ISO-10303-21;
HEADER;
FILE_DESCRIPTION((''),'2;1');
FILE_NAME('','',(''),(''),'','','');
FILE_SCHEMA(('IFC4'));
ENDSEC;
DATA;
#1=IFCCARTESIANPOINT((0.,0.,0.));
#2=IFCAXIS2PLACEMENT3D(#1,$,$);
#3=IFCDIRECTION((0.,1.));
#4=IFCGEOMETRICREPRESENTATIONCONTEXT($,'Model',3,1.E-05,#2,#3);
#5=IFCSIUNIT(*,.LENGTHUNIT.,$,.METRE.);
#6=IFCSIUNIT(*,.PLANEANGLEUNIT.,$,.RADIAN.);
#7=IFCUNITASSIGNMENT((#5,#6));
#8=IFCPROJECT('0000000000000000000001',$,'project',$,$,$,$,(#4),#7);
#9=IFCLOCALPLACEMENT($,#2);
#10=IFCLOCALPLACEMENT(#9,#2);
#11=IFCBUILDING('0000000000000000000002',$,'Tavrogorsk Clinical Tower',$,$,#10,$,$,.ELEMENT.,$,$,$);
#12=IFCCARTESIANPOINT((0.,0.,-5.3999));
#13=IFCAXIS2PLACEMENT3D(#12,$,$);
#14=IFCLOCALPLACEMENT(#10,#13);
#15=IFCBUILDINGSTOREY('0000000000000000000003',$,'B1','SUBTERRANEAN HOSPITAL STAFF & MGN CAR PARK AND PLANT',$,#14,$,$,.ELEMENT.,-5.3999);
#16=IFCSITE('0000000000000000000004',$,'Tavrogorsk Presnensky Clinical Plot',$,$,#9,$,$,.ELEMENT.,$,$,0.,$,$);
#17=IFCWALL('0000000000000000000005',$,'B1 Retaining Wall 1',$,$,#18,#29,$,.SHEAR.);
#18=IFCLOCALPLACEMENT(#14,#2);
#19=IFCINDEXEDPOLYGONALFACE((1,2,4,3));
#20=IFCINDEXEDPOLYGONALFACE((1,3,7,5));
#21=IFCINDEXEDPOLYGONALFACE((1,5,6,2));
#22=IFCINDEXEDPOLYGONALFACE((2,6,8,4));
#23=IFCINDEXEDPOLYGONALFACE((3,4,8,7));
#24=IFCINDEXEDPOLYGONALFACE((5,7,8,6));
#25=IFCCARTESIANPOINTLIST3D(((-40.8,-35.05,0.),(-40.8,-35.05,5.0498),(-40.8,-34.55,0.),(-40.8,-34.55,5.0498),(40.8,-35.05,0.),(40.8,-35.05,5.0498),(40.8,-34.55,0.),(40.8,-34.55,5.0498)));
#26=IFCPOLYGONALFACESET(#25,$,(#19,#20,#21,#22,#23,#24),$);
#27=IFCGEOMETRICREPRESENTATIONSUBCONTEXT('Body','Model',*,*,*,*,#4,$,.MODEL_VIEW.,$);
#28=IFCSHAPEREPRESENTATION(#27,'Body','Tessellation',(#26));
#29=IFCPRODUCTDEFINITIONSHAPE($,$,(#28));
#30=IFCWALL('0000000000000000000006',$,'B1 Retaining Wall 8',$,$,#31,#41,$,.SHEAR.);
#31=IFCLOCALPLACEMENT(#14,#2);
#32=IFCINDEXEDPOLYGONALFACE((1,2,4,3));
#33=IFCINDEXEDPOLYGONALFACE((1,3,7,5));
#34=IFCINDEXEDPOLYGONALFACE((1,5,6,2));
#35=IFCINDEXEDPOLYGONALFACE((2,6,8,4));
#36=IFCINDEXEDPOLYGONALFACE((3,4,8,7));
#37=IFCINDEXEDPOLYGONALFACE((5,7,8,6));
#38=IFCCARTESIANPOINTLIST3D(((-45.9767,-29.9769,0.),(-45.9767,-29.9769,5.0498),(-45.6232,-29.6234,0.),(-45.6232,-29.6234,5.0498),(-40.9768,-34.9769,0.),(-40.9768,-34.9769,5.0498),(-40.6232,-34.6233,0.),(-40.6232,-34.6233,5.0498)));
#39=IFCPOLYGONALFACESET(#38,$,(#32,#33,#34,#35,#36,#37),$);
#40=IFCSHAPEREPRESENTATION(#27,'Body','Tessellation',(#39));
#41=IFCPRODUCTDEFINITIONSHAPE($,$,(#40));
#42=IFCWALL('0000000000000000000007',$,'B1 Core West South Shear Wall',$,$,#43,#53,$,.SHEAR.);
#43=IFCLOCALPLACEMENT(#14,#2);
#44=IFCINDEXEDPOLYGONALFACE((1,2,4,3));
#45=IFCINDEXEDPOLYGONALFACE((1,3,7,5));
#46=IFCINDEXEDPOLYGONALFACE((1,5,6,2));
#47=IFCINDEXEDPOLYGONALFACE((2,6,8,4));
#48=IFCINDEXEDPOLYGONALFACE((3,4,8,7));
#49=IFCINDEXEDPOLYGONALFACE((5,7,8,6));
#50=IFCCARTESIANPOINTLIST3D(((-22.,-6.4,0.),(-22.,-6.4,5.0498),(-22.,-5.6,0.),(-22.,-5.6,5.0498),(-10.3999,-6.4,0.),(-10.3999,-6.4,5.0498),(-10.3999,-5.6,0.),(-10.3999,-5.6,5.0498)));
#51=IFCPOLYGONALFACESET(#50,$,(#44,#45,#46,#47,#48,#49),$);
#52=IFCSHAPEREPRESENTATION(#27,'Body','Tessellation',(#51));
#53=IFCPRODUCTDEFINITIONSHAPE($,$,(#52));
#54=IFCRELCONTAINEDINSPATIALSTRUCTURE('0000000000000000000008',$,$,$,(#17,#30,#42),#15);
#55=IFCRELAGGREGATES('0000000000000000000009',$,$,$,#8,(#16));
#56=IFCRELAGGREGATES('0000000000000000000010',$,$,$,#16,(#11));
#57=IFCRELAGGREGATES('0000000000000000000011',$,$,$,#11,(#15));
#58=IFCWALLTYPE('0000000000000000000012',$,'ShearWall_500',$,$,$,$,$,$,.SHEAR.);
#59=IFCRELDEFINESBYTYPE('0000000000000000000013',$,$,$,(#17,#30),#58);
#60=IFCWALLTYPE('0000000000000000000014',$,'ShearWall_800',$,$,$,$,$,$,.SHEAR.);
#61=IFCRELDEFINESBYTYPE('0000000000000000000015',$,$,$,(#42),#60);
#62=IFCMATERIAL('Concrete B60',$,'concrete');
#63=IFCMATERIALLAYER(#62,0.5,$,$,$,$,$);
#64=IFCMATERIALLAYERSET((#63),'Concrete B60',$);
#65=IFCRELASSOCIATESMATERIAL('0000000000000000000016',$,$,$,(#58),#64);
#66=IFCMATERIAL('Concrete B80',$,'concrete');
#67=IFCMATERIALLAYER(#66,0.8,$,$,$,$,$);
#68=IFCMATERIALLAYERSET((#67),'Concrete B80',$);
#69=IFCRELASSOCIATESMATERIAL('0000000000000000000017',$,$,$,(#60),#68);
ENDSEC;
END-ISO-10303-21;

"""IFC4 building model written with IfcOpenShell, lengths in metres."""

from ifc_helpers import new_model, si_unit, direction, frame, frame_2d, origin, place, context, subcontext, project, spatial, rectangle, extrude, material, layer, layer_set, type_object, element, save


model = new_model("IFC4")

# Units and contexts
model_context = context("Model", 3, precision=1e-05, world=origin(), true_north=direction((0.0, 1.0)))
body_context = subcontext(model_context, "Body", "Model", "MODEL_VIEW")
ifc_project = project(units=[si_unit("LENGTHUNIT", "METRE"), si_unit("PLANEANGLEUNIT", "RADIAN")], contexts=[model_context])

# Site, building, storey
site_placement = place(None, origin())
site = spatial("IfcSite", under=ifc_project, at=site_placement, Name="Tavrogorsk Presnensky Clinical Plot", CompositionType="ELEMENT", RefElevation=0.0)
building_placement = place(site_placement, origin())
building = spatial("IfcBuilding", under=site, at=building_placement, Name="Tavrogorsk Clinical Tower", CompositionType="ELEMENT")
storey_placement = place(building_placement, frame((0.0, 0.0, -5.3999)))
storey = spatial("IfcBuildingStorey", under=building, at=storey_placement, Name="B1", Description="SUBTERRANEAN HOSPITAL STAFF & MGN CAR PARK AND PLANT", CompositionType="ELEMENT", Elevation=-5.3999)

# Walls
ifc_material_1 = material(Name="Concrete B60", Category="concrete")
ifc_layer_1 = layer(ifc_material_1, 0.5)
ifc_layer_set_1 = layer_set([ifc_layer_1], Name="Concrete B60")
wall_type_1 = type_object("IfcWallType", Name="ShearWall_500", PredefinedType="SHEAR", material=ifc_layer_set_1)
wall_1_placement = place(storey_placement, frame((-40.8, -34.8, 0.0), z_axis=(0.0, 0.0, 1.0), x_axis=(1.0, 0.0, 0.0)))
element("IfcWall", 1, at=wall_1_placement, inside=storey, type_object=wall_type_1, Name="B1 Retaining Wall 1", PredefinedType="SHEAR", context=body_context, shape_type="SweptSolid", body=[
    extrude(rectangle(XDim=81.6001, YDim=0.5, at=frame_2d((40.8, 0.0))), origin(), (0.0, 0.0, 1.0), 5.0498),
])
wall_2_placement = place(storey_placement, frame((-45.8, -29.8, 0.0), z_axis=(0.0, 0.0, 1.0), x_axis=(0.707107, -0.707107, 0.0)))
element("IfcWall", 2, at=wall_2_placement, inside=storey, type_object=wall_type_1, Name="B1 Retaining Wall 8", PredefinedType="SHEAR", context=body_context, shape_type="SweptSolid", body=[
    extrude(rectangle(XDim=7.071, YDim=0.5, at=frame_2d((3.5356, 0.0))), origin(), (0.0, 0.0, 1.0), 5.0498),
])
ifc_material_2 = material(Name="Concrete B80", Category="concrete")
ifc_layer_2 = layer(ifc_material_2, 0.8)
ifc_layer_set_2 = layer_set([ifc_layer_2], Name="Concrete B80")
wall_type_2 = type_object("IfcWallType", Name="ShearWall_800", PredefinedType="SHEAR", material=ifc_layer_set_2)
wall_3_placement = place(storey_placement, frame((-22.0, -6.0, 0.0), z_axis=(0.0, 0.0, 1.0), x_axis=(1.0, 0.0, 0.0)))
element("IfcWall", 3, at=wall_3_placement, inside=storey, type_object=wall_type_2, Name="B1 Core West South Shear Wall", PredefinedType="SHEAR", context=body_context, shape_type="SweptSolid", body=[
    extrude(rectangle(XDim=11.6001, YDim=0.8, at=frame_2d((5.8, 0.0))), origin(), (0.0, 0.0, 1.0), 5.0498),
])

save(model, "model.ifc")
